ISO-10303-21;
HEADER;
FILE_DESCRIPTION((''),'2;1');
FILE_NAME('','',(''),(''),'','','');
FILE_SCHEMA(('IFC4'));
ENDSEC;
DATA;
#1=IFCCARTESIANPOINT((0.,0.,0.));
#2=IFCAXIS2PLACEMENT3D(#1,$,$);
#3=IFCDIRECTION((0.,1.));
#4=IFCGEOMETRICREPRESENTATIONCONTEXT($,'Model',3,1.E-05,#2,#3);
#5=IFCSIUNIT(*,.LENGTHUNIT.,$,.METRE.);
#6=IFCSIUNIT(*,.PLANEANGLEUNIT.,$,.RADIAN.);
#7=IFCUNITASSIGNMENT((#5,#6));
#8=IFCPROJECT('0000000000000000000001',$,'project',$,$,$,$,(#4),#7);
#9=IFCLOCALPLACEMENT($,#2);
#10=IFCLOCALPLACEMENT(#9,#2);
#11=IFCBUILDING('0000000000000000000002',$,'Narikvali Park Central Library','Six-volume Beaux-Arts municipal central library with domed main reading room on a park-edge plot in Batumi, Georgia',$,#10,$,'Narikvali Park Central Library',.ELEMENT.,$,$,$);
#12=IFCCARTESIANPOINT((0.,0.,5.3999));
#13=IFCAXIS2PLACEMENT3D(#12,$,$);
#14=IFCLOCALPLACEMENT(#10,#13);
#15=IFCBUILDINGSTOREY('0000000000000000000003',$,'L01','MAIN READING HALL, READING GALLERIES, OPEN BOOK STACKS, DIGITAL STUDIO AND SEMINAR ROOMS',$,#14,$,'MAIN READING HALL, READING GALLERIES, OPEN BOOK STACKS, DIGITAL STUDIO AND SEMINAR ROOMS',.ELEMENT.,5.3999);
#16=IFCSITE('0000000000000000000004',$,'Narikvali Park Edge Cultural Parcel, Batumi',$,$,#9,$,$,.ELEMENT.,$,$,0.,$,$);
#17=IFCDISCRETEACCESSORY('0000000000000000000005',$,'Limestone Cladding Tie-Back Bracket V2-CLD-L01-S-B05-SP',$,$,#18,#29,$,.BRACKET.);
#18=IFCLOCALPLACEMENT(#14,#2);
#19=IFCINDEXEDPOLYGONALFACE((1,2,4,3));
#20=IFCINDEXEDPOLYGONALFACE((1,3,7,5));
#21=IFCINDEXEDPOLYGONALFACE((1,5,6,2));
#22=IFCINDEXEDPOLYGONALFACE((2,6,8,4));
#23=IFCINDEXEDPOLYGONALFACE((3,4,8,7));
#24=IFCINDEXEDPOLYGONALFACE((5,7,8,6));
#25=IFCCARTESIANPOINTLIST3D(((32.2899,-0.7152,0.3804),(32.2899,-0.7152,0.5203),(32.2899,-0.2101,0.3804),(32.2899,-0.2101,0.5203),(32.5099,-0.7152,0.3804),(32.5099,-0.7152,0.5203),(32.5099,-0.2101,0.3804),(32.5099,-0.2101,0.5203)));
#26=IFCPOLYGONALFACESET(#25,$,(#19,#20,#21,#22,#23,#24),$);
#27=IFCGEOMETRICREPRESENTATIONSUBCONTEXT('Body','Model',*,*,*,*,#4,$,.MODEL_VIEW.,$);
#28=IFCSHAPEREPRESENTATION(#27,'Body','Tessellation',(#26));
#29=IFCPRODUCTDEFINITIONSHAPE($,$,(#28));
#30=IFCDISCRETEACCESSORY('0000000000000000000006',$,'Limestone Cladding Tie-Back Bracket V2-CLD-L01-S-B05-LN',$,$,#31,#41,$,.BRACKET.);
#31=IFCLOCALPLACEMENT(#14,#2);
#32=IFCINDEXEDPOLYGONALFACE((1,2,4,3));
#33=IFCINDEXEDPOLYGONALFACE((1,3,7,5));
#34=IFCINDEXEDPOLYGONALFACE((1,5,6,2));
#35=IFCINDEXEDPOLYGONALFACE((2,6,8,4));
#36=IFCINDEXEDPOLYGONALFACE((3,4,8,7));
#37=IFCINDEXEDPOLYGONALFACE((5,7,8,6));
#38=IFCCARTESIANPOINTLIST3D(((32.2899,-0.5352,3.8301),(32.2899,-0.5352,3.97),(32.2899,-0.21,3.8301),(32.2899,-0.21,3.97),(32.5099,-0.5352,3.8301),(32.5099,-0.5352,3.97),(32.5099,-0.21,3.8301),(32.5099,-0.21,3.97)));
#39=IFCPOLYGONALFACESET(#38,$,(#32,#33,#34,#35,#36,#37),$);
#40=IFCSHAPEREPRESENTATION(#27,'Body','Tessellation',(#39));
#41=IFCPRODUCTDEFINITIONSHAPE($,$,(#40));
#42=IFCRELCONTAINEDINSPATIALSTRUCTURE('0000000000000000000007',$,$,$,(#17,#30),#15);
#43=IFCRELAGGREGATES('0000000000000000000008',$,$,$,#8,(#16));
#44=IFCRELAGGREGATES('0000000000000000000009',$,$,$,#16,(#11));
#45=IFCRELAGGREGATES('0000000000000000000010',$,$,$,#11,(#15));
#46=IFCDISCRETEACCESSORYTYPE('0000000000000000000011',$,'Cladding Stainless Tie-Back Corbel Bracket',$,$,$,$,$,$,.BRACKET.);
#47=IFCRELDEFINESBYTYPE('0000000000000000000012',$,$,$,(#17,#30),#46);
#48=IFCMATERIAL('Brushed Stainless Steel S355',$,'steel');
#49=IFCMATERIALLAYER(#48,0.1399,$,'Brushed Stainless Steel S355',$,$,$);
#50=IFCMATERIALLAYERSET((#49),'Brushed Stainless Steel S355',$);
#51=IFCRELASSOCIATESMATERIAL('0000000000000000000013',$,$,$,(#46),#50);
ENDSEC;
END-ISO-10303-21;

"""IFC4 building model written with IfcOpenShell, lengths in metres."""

from ifc_helpers import new_model, si_unit, direction, frame, origin, origin_2d, place, context, subcontext, project, spatial, rectangle, extrude, material, layer, layer_set, type_object, element, save


model = new_model("IFC4")

# Units and contexts
model_context = context("Model", 3, precision=1e-05, world=origin(), true_north=direction((0.0, 1.0)))
body_context = subcontext(model_context, "Body", "Model", "MODEL_VIEW")
ifc_project = project(units=[si_unit("LENGTHUNIT", "METRE"), si_unit("PLANEANGLEUNIT", "RADIAN")], contexts=[model_context])

# Site, building, storey
site_placement = place(None, origin())
site = spatial("IfcSite", under=ifc_project, at=site_placement, Name="Narikvali Park Edge Cultural Parcel, Batumi", CompositionType="ELEMENT", RefElevation=0.0)
building_placement = place(site_placement, origin())
building = spatial("IfcBuilding", under=site, at=building_placement, Name="Narikvali Park Central Library", Description="Six-volume Beaux-Arts municipal central library with domed main reading room on a park-edge plot in Batumi, Georgia", LongName="Narikvali Park Central Library", CompositionType="ELEMENT")
storey_placement = place(building_placement, frame((0.0, 0.0, 5.3999)))
storey = spatial("IfcBuildingStorey", under=building, at=storey_placement, Name="L01", Description="MAIN READING HALL, READING GALLERIES, OPEN BOOK STACKS, DIGITAL STUDIO AND SEMINAR ROOMS", LongName="MAIN READING HALL, READING GALLERIES, OPEN BOOK STACKS, DIGITAL STUDIO AND SEMINAR ROOMS", CompositionType="ELEMENT", Elevation=5.3999)

# Discrete accessories
ifc_material_1 = material(Name="Brushed Stainless Steel S355", Category="steel")
ifc_layer_1 = layer(ifc_material_1, 0.1399, Name="Brushed Stainless Steel S355")
ifc_layer_set_1 = layer_set([ifc_layer_1], Name="Brushed Stainless Steel S355")
discrete_accessory_type = type_object("IfcDiscreteAccessoryType", Name="Cladding Stainless Tie-Back Corbel Bracket", PredefinedType="BRACKET", material=ifc_layer_set_1)
discrete_accessory_1_placement = place(storey_placement, frame((32.3999, -0.4626, 0.3804), z_axis=(0.0, 0.0, 1.0), x_axis=(1.0, 0.0, 0.0)))
element("IfcDiscreteAccessory", 1, at=discrete_accessory_1_placement, inside=storey, type_object=discrete_accessory_type, Name="Limestone Cladding Tie-Back Bracket V2-CLD-L01-S-B05-SP", PredefinedType="BRACKET", context=body_context, shape_type="SweptSolid", body=[
    extrude(rectangle(XDim=0.22, YDim=0.5051, at=origin_2d()), origin(), (0.0, 0.0, 1.0), 0.1399),
])
discrete_accessory_2_placement = place(storey_placement, frame((32.3999, -0.3726, 3.8301), z_axis=(0.0, 0.0, 1.0), x_axis=(1.0, 0.0, 0.0)))
element("IfcDiscreteAccessory", 2, at=discrete_accessory_2_placement, inside=storey, type_object=discrete_accessory_type, Name="Limestone Cladding Tie-Back Bracket V2-CLD-L01-S-B05-LN", PredefinedType="BRACKET", context=body_context, shape_type="SweptSolid", body=[
    extrude(rectangle(XDim=0.22, YDim=0.3252, at=origin_2d()), origin(), (0.0, 0.0, 1.0), 0.1399),
])

save(model, "model.ifc")
